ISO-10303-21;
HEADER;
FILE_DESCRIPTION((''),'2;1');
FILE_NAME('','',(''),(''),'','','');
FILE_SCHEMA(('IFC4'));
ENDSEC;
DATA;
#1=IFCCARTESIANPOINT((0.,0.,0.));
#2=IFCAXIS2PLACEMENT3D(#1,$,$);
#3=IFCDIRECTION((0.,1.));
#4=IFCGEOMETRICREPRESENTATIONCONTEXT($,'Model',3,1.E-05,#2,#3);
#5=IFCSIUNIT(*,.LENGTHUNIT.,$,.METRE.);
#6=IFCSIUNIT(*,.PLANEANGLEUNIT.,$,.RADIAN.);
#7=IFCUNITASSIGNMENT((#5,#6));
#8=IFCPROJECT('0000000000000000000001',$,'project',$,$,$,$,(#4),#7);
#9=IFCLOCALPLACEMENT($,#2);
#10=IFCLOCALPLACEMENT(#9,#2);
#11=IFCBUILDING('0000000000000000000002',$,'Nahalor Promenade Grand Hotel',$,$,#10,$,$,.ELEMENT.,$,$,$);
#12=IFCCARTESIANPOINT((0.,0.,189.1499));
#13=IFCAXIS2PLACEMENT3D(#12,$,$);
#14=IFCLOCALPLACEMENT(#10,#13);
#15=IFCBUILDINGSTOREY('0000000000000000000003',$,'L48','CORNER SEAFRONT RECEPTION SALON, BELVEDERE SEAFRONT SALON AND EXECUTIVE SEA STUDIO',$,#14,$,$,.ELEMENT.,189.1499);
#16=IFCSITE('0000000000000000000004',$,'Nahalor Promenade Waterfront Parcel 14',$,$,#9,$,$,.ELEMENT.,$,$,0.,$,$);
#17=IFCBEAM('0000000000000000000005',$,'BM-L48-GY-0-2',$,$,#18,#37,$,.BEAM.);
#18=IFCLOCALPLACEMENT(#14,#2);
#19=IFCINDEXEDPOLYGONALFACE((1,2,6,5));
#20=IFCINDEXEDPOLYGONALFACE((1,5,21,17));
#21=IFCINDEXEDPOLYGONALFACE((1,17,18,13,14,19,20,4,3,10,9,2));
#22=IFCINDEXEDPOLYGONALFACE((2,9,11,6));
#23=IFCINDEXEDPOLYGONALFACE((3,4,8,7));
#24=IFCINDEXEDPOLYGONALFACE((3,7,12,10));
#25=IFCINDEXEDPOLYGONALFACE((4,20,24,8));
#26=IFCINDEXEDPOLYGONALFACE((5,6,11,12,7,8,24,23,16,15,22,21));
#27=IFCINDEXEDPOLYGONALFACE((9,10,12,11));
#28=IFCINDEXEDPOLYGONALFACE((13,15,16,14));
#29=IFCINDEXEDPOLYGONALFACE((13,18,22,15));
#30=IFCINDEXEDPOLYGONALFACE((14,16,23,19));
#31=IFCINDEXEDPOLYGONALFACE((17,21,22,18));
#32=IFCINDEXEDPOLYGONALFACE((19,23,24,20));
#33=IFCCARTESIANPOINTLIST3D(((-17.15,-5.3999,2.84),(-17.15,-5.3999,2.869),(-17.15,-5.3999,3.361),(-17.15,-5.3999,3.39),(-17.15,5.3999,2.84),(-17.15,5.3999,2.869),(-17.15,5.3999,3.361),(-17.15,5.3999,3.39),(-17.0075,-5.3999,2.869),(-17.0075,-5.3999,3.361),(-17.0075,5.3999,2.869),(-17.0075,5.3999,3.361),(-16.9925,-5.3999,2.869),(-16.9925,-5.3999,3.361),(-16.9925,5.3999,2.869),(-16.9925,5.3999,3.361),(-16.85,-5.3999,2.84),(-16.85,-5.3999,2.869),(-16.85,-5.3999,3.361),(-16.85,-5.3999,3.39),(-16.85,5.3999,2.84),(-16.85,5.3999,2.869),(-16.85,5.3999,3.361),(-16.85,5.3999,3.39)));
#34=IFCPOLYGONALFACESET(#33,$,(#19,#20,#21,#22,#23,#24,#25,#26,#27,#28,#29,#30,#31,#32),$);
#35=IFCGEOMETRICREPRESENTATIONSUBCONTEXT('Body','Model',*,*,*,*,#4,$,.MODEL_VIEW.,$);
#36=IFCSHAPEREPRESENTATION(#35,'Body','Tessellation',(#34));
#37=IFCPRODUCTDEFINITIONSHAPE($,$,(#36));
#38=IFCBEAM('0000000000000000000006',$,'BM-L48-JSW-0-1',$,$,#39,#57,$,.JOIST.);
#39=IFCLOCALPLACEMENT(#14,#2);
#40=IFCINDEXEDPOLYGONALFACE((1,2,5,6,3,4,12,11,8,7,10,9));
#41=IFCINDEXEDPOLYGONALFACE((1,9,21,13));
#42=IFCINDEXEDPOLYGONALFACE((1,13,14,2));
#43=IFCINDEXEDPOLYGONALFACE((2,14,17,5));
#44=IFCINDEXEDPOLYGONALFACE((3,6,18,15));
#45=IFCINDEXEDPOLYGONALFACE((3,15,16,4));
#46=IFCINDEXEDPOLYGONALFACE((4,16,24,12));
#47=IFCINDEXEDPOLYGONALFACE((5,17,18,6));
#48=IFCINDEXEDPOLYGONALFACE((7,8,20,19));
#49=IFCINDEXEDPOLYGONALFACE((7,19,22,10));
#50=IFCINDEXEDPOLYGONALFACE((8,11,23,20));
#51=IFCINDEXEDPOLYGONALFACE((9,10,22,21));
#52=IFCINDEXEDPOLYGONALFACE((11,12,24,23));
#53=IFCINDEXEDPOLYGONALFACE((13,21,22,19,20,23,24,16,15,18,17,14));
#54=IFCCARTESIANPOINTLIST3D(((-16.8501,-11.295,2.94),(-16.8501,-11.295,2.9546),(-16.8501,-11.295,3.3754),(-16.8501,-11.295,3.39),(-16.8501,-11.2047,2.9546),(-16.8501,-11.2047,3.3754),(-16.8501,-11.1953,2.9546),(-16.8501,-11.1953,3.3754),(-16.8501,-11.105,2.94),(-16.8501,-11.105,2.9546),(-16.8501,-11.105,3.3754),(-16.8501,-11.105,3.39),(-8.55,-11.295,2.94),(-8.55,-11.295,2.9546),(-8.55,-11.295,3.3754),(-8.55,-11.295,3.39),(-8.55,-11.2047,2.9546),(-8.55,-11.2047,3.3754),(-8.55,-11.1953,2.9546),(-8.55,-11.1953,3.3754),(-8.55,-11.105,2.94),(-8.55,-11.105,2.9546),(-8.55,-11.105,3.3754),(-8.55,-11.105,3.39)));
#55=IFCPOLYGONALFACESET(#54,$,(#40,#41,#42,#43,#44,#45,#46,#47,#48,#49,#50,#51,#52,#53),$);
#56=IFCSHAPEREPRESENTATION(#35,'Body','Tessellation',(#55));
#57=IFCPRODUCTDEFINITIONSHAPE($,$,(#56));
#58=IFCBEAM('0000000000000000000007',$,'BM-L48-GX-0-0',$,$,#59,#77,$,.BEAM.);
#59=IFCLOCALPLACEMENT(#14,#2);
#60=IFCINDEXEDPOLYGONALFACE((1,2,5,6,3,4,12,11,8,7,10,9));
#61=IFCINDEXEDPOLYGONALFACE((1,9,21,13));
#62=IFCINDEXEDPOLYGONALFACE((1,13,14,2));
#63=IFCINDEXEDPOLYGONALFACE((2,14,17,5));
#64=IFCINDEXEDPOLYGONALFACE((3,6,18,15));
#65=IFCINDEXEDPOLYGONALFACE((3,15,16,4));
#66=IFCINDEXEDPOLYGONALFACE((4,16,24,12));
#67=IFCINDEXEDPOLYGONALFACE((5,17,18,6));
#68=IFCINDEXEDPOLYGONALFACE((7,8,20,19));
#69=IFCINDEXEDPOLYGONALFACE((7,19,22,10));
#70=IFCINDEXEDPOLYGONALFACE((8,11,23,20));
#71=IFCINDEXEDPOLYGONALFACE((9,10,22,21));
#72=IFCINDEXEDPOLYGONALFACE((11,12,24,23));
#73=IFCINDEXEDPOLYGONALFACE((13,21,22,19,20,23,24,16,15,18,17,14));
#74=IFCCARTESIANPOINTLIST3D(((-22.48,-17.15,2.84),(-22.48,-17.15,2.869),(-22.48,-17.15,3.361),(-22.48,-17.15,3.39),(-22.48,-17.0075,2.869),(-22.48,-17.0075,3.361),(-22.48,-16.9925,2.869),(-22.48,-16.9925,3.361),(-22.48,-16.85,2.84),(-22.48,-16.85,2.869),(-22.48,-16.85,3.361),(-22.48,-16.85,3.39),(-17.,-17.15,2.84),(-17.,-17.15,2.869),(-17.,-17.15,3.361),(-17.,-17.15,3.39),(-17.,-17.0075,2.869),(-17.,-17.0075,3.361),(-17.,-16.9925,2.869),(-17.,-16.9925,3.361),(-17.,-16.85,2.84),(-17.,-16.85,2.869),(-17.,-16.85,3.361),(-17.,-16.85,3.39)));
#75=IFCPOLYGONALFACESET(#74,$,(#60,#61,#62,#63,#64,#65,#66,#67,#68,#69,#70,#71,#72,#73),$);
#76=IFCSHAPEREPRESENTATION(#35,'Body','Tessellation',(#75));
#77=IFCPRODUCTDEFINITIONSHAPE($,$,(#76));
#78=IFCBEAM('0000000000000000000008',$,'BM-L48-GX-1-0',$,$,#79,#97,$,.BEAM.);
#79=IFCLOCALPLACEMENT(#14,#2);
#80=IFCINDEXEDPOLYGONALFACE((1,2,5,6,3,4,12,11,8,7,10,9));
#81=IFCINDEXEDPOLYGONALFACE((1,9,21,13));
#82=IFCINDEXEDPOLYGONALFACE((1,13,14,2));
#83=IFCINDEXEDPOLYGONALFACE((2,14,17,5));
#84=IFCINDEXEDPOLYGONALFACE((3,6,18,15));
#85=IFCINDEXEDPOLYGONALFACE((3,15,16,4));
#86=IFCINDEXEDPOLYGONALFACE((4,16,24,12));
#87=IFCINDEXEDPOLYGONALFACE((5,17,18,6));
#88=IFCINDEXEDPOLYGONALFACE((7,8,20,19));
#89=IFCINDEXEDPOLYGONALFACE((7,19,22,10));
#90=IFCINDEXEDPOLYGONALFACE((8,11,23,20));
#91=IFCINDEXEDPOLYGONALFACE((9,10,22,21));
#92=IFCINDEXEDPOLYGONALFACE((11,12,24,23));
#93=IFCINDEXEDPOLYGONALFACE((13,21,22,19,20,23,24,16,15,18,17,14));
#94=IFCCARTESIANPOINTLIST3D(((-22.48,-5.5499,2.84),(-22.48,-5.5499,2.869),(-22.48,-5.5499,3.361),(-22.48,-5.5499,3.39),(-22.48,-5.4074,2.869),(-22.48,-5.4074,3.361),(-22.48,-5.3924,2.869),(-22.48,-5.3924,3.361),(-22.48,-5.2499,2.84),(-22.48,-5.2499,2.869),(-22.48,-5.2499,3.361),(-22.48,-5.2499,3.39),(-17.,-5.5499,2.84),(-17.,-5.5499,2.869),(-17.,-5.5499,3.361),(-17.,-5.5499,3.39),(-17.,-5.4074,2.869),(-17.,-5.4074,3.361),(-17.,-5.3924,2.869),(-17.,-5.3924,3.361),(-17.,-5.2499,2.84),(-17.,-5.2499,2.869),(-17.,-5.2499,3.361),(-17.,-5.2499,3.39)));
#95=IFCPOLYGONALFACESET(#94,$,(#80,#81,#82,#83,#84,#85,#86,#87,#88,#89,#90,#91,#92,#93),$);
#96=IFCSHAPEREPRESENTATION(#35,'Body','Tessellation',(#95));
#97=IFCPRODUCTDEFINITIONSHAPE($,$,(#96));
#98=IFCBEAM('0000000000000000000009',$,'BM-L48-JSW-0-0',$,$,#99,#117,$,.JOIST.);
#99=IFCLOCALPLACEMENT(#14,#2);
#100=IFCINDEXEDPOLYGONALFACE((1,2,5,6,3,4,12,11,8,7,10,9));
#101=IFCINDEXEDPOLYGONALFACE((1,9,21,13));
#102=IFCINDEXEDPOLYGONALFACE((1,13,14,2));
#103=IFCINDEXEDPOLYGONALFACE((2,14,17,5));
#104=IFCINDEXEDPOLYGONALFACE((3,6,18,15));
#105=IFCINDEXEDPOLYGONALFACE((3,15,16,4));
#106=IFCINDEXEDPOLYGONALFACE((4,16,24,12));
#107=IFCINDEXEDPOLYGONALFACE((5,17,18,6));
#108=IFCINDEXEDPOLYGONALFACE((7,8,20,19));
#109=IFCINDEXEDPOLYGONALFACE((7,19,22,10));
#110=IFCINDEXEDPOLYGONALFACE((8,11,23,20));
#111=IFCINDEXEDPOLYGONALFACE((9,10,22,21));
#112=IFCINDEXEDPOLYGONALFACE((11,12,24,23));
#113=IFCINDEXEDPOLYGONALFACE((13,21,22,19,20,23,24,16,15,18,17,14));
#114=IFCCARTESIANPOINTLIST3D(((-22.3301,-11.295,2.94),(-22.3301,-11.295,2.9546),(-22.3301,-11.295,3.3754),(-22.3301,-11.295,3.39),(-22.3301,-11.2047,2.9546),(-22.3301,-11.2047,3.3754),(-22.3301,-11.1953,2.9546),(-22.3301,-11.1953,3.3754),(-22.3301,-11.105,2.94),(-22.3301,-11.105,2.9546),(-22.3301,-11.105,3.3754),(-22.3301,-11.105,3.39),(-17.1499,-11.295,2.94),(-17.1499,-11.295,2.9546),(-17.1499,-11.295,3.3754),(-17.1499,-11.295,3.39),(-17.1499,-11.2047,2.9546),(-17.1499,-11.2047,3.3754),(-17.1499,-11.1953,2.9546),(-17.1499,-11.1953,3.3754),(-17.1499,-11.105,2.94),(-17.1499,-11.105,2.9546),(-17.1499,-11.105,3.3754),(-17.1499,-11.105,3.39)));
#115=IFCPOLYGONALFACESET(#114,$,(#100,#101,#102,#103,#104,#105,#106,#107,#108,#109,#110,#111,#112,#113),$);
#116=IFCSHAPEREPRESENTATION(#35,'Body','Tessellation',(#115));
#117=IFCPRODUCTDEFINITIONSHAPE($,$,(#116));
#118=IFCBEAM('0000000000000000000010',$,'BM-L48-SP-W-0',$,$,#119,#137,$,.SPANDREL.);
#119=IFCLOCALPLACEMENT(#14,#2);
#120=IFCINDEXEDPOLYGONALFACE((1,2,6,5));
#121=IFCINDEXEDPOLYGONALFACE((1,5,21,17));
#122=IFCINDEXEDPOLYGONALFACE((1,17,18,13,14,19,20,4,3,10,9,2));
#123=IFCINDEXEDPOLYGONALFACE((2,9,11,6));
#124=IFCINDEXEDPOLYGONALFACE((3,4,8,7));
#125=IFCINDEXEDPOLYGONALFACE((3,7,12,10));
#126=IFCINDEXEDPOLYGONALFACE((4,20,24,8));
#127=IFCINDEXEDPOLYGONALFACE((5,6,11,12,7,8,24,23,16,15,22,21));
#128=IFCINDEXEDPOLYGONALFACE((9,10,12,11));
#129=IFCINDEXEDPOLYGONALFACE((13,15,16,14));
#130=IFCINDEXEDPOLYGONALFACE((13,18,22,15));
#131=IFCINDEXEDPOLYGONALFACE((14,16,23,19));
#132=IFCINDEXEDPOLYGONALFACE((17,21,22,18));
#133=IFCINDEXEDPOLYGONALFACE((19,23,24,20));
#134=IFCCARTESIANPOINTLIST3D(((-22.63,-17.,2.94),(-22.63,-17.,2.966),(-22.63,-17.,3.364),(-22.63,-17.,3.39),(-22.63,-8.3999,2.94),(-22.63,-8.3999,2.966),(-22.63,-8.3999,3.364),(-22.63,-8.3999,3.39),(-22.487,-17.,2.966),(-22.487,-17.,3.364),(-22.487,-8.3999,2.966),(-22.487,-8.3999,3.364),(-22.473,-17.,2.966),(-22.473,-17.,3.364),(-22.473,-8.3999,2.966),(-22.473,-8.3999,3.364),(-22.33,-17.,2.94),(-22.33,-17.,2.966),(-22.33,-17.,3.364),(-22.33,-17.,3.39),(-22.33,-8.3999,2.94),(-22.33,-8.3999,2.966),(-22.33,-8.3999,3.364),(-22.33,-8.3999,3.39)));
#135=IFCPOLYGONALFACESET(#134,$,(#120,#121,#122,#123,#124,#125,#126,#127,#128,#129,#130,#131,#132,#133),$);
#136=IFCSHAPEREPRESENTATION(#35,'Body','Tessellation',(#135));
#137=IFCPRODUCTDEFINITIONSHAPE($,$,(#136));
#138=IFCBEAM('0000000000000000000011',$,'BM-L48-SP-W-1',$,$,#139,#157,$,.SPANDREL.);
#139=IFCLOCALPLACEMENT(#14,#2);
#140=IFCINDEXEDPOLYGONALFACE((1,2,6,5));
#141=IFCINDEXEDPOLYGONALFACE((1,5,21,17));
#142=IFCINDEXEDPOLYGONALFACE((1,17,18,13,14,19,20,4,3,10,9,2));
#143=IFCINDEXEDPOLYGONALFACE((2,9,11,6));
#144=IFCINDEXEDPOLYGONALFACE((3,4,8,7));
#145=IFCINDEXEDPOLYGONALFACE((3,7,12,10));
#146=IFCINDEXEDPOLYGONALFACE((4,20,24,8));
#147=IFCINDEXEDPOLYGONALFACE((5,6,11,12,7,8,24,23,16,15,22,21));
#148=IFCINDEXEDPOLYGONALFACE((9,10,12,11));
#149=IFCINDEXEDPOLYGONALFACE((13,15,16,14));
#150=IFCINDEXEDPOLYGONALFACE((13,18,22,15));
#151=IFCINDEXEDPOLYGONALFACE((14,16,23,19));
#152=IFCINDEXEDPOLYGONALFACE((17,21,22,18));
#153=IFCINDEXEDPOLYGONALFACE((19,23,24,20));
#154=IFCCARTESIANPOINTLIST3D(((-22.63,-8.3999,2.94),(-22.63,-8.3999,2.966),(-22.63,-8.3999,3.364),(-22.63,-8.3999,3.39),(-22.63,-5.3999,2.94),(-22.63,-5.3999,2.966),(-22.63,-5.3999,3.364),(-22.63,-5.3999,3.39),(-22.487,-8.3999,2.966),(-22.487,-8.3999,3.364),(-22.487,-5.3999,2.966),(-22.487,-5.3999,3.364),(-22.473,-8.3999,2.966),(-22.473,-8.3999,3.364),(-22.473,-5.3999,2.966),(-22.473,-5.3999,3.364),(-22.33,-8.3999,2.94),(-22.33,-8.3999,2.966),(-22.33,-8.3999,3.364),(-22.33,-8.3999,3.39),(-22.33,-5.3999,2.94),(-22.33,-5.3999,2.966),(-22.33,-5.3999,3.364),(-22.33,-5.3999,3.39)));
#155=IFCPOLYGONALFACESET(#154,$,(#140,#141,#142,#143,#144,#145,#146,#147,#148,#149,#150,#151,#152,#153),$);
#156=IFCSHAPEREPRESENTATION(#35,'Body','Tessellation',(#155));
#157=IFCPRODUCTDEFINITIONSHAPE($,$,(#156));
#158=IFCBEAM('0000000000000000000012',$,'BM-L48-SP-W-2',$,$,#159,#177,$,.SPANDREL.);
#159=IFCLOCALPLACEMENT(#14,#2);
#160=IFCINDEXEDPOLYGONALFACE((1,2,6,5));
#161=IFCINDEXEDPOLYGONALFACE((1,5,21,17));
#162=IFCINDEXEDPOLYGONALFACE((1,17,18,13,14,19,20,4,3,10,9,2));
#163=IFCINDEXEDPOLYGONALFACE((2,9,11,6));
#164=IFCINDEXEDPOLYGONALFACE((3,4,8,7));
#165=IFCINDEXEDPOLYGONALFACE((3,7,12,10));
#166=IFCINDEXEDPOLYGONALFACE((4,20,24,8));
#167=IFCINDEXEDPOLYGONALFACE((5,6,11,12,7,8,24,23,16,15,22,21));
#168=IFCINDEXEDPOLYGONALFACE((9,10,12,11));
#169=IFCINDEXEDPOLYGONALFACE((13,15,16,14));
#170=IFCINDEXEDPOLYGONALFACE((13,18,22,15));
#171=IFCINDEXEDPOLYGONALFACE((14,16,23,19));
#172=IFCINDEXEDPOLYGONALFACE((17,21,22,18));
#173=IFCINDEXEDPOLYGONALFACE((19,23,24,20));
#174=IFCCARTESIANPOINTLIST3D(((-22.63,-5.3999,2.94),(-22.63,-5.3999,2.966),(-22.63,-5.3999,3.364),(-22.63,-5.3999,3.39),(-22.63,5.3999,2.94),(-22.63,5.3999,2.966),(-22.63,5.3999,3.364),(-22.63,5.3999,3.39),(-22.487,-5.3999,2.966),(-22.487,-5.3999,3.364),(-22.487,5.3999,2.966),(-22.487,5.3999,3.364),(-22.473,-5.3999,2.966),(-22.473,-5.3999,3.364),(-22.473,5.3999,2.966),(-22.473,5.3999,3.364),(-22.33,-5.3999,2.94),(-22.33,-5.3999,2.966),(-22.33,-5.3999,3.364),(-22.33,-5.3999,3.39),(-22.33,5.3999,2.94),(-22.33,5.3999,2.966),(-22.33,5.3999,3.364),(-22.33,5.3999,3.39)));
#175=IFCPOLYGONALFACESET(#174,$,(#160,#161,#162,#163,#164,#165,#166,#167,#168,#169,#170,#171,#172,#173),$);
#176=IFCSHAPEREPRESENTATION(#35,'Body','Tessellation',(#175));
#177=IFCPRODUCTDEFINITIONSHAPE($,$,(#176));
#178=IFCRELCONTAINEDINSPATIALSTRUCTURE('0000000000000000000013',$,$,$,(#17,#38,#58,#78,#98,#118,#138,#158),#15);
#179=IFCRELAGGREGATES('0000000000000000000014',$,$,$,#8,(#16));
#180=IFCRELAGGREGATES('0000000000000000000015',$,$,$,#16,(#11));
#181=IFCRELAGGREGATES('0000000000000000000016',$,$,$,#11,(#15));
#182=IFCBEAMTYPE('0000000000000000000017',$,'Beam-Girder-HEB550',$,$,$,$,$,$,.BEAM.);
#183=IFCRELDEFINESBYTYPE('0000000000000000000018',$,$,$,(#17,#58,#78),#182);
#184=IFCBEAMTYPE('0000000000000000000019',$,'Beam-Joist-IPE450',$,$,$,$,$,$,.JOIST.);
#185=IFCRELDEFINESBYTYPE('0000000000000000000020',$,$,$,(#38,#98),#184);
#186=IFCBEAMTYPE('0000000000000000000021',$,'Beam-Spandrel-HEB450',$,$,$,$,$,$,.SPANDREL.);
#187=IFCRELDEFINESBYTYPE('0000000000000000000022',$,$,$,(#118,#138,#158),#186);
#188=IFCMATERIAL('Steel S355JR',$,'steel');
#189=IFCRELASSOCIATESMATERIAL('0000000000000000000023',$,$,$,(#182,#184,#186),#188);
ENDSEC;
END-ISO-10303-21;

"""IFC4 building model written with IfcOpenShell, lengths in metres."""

from ifc_helpers import new_model, si_unit, direction, frame, origin, origin_2d, place, context, subcontext, project, spatial, i_section, extrude, source, transform, mapped, material, material_profile, profile_set, type_object, element, save


model = new_model("IFC4")

# Units and contexts
model_context = context("Model", 3, precision=1e-05, world=origin(), true_north=direction((0.0, 1.0)))
body_context = subcontext(model_context, "Body", "Model", "MODEL_VIEW")
ifc_project = project(units=[si_unit("LENGTHUNIT", "METRE"), si_unit("PLANEANGLEUNIT", "RADIAN")], contexts=[model_context])

# Site, building, storey
site_placement = place(None, origin())
site = spatial("IfcSite", under=ifc_project, at=site_placement, Name="Nahalor Promenade Waterfront Parcel 14", CompositionType="ELEMENT", RefElevation=0.0)
building_placement = place(site_placement, origin())
building = spatial("IfcBuilding", under=site, at=building_placement, Name="Nahalor Promenade Grand Hotel", CompositionType="ELEMENT")
storey_placement = place(building_placement, frame((0.0, 0.0, 189.1499)))
storey = spatial("IfcBuildingStorey", under=building, at=storey_placement, Name="L48", Description="CORNER SEAFRONT RECEPTION SALON, BELVEDERE SEAFRONT SALON AND EXECUTIVE SEA STUDIO", CompositionType="ELEMENT", Elevation=189.1499)

# Beams
ifc_material_1 = material(Name="Steel S355JR", Category="steel")
ifc_material_profile_1 = material_profile(ifc_material_1, i_section(OverallWidth=0.3, OverallDepth=0.55, WebThickness=0.015, FlangeThickness=0.029, at=origin_2d()), Name="HEB 550")
ifc_profile_set_1 = profile_set([ifc_material_profile_1], Name="Steel S355JR")
beam_type_1 = type_object("IfcBeamType", Name="Beam-Girder-HEB550", PredefinedType="BEAM", material=ifc_profile_set_1)
shared_shape_1 = source(origin(), body_context, "Body", "SweptSolid", [
    extrude(i_section(OverallWidth=0.3, OverallDepth=0.55, WebThickness=0.015, FlangeThickness=0.029, at=origin_2d()), origin(), (0.0, 0.0, 1.0), 10.7998),
])
beam_1_placement = place(storey_placement, frame((-17.0, -5.3999, 3.115), z_axis=(0.0, 1.0, 0.0), x_axis=(-1.0, 0.0, 0.0)))
element("IfcBeam", 1, at=beam_1_placement, inside=storey, type_object=beam_type_1, Name="BM-L48-GY-0-2", PredefinedType="BEAM", context=body_context, shape_type="MappedRepresentation", body=[
    mapped(shared_shape_1, transform((0.0, 0.0, 0.0), scale=1.0)),
])
ifc_material_profile_2 = material_profile(ifc_material_1, i_section(OverallWidth=0.19, OverallDepth=0.45, WebThickness=0.0094, FlangeThickness=0.0146, at=origin_2d()), Name="IPE 450")
ifc_profile_set_2 = profile_set([ifc_material_profile_2], Name="Steel S355JR")
beam_type_2 = type_object("IfcBeamType", Name="Beam-Joist-IPE450", PredefinedType="JOIST", material=ifc_profile_set_2)
shared_shape_2 = source(origin(), body_context, "Body", "SweptSolid", [
    extrude(i_section(OverallWidth=0.19, OverallDepth=0.45, WebThickness=0.0094, FlangeThickness=0.0146, at=origin_2d()), origin(), (0.0, 0.0, 1.0), 8.3),
])
beam_2_placement = place(storey_placement, frame((-16.8501, -11.2, 3.165), z_axis=(1.0, 0.0, 0.0), x_axis=(0.0, 1.0, 0.0)))
element("IfcBeam", 2, at=beam_2_placement, inside=storey, type_object=beam_type_2, Name="BM-L48-JSW-0-1", PredefinedType="JOIST", context=body_context, shape_type="MappedRepresentation", body=[
    mapped(shared_shape_2, transform((0.0, 0.0, 0.0), scale=1.0)),
])
shared_shape_3 = source(origin(), body_context, "Body", "SweptSolid", [
    extrude(i_section(OverallWidth=0.3, OverallDepth=0.55, WebThickness=0.015, FlangeThickness=0.029, at=origin_2d()), origin(), (0.0, 0.0, 1.0), 5.48),
])
for number, where, z_axis, x_axis, name in (
    (3, (-22.48, -17.0, 3.115), (1.0, 0.0, 0.0), (0.0, 1.0, 0.0), "BM-L48-GX-0-0"),
    (4, (-22.48, -5.3999, 3.115), (1.0, 0.0, 0.0), (0.0, 1.0, 0.0), "BM-L48-GX-1-0"),
):
    element("IfcBeam", number, at=place(storey_placement, frame(where, z_axis=z_axis, x_axis=x_axis)), inside=storey, type_object=beam_type_1, Name=name, PredefinedType="BEAM", context=body_context, shape_type="MappedRepresentation", body=[
        mapped(shared_shape_3, transform((0.0, 0.0, 0.0), scale=1.0)),
    ])
shared_shape_4 = source(origin(), body_context, "Body", "SweptSolid", [
    extrude(i_section(OverallWidth=0.19, OverallDepth=0.45, WebThickness=0.0094, FlangeThickness=0.0146, at=origin_2d()), origin(), (0.0, 0.0, 1.0), 5.1802),
])
beam_3_placement = place(storey_placement, frame((-22.3301, -11.2, 3.165), z_axis=(1.0, 0.0, 0.0), x_axis=(0.0, 1.0, 0.0)))
element("IfcBeam", 5, at=beam_3_placement, inside=storey, type_object=beam_type_2, Name="BM-L48-JSW-0-0", PredefinedType="JOIST", context=body_context, shape_type="MappedRepresentation", body=[
    mapped(shared_shape_4, transform((0.0, 0.0, 0.0), scale=1.0)),
])
ifc_material_profile_3 = material_profile(ifc_material_1, i_section(OverallWidth=0.3, OverallDepth=0.45, WebThickness=0.014, FlangeThickness=0.026, at=origin_2d()), Name="HEB 450")
ifc_profile_set_3 = profile_set([ifc_material_profile_3], Name="Steel S355JR")
beam_type_3 = type_object("IfcBeamType", Name="Beam-Spandrel-HEB450", PredefinedType="SPANDREL", material=ifc_profile_set_3)
shared_shape_5 = source(origin(), body_context, "Body", "SweptSolid", [
    extrude(i_section(OverallWidth=0.3, OverallDepth=0.45, WebThickness=0.014, FlangeThickness=0.026, at=origin_2d()), origin(), (0.0, 0.0, 1.0), 8.6001),
])
beam_4_placement = place(storey_placement, frame((-22.48, -17.0, 3.165), z_axis=(0.0, 1.0, 0.0), x_axis=(-1.0, 0.0, 0.0)))
element("IfcBeam", 6, at=beam_4_placement, inside=storey, type_object=beam_type_3, Name="BM-L48-SP-W-0", PredefinedType="SPANDREL", context=body_context, shape_type="MappedRepresentation", body=[
    mapped(shared_shape_5, transform((0.0, 0.0, 0.0), scale=1.0)),
])
shared_shape_6 = source(origin(), body_context, "Body", "SweptSolid", [
    extrude(i_section(OverallWidth=0.3, OverallDepth=0.45, WebThickness=0.014, FlangeThickness=0.026, at=origin_2d()), origin(), (0.0, 0.0, 1.0), 3.0),
])
beam_5_placement = place(storey_placement, frame((-22.48, -8.3999, 3.165), z_axis=(0.0, 1.0, 0.0), x_axis=(-1.0, 0.0, 0.0)))
element("IfcBeam", 7, at=beam_5_placement, inside=storey, type_object=beam_type_3, Name="BM-L48-SP-W-1", PredefinedType="SPANDREL", context=body_context, shape_type="MappedRepresentation", body=[
    mapped(shared_shape_6, transform((0.0, 0.0, 0.0), scale=1.0)),
])
shared_shape_7 = source(origin(), body_context, "Body", "SweptSolid", [
    extrude(i_section(OverallWidth=0.3, OverallDepth=0.45, WebThickness=0.014, FlangeThickness=0.026, at=origin_2d()), origin(), (0.0, 0.0, 1.0), 10.7998),
])
beam_6_placement = place(storey_placement, frame((-22.48, -5.3999, 3.165), z_axis=(0.0, 1.0, 0.0), x_axis=(-1.0, 0.0, 0.0)))
element("IfcBeam", 8, at=beam_6_placement, inside=storey, type_object=beam_type_3, Name="BM-L48-SP-W-2", PredefinedType="SPANDREL", context=body_context, shape_type="MappedRepresentation", body=[
    mapped(shared_shape_7, transform((0.0, 0.0, 0.0), scale=1.0)),
])

save(model, "model.ifc")
